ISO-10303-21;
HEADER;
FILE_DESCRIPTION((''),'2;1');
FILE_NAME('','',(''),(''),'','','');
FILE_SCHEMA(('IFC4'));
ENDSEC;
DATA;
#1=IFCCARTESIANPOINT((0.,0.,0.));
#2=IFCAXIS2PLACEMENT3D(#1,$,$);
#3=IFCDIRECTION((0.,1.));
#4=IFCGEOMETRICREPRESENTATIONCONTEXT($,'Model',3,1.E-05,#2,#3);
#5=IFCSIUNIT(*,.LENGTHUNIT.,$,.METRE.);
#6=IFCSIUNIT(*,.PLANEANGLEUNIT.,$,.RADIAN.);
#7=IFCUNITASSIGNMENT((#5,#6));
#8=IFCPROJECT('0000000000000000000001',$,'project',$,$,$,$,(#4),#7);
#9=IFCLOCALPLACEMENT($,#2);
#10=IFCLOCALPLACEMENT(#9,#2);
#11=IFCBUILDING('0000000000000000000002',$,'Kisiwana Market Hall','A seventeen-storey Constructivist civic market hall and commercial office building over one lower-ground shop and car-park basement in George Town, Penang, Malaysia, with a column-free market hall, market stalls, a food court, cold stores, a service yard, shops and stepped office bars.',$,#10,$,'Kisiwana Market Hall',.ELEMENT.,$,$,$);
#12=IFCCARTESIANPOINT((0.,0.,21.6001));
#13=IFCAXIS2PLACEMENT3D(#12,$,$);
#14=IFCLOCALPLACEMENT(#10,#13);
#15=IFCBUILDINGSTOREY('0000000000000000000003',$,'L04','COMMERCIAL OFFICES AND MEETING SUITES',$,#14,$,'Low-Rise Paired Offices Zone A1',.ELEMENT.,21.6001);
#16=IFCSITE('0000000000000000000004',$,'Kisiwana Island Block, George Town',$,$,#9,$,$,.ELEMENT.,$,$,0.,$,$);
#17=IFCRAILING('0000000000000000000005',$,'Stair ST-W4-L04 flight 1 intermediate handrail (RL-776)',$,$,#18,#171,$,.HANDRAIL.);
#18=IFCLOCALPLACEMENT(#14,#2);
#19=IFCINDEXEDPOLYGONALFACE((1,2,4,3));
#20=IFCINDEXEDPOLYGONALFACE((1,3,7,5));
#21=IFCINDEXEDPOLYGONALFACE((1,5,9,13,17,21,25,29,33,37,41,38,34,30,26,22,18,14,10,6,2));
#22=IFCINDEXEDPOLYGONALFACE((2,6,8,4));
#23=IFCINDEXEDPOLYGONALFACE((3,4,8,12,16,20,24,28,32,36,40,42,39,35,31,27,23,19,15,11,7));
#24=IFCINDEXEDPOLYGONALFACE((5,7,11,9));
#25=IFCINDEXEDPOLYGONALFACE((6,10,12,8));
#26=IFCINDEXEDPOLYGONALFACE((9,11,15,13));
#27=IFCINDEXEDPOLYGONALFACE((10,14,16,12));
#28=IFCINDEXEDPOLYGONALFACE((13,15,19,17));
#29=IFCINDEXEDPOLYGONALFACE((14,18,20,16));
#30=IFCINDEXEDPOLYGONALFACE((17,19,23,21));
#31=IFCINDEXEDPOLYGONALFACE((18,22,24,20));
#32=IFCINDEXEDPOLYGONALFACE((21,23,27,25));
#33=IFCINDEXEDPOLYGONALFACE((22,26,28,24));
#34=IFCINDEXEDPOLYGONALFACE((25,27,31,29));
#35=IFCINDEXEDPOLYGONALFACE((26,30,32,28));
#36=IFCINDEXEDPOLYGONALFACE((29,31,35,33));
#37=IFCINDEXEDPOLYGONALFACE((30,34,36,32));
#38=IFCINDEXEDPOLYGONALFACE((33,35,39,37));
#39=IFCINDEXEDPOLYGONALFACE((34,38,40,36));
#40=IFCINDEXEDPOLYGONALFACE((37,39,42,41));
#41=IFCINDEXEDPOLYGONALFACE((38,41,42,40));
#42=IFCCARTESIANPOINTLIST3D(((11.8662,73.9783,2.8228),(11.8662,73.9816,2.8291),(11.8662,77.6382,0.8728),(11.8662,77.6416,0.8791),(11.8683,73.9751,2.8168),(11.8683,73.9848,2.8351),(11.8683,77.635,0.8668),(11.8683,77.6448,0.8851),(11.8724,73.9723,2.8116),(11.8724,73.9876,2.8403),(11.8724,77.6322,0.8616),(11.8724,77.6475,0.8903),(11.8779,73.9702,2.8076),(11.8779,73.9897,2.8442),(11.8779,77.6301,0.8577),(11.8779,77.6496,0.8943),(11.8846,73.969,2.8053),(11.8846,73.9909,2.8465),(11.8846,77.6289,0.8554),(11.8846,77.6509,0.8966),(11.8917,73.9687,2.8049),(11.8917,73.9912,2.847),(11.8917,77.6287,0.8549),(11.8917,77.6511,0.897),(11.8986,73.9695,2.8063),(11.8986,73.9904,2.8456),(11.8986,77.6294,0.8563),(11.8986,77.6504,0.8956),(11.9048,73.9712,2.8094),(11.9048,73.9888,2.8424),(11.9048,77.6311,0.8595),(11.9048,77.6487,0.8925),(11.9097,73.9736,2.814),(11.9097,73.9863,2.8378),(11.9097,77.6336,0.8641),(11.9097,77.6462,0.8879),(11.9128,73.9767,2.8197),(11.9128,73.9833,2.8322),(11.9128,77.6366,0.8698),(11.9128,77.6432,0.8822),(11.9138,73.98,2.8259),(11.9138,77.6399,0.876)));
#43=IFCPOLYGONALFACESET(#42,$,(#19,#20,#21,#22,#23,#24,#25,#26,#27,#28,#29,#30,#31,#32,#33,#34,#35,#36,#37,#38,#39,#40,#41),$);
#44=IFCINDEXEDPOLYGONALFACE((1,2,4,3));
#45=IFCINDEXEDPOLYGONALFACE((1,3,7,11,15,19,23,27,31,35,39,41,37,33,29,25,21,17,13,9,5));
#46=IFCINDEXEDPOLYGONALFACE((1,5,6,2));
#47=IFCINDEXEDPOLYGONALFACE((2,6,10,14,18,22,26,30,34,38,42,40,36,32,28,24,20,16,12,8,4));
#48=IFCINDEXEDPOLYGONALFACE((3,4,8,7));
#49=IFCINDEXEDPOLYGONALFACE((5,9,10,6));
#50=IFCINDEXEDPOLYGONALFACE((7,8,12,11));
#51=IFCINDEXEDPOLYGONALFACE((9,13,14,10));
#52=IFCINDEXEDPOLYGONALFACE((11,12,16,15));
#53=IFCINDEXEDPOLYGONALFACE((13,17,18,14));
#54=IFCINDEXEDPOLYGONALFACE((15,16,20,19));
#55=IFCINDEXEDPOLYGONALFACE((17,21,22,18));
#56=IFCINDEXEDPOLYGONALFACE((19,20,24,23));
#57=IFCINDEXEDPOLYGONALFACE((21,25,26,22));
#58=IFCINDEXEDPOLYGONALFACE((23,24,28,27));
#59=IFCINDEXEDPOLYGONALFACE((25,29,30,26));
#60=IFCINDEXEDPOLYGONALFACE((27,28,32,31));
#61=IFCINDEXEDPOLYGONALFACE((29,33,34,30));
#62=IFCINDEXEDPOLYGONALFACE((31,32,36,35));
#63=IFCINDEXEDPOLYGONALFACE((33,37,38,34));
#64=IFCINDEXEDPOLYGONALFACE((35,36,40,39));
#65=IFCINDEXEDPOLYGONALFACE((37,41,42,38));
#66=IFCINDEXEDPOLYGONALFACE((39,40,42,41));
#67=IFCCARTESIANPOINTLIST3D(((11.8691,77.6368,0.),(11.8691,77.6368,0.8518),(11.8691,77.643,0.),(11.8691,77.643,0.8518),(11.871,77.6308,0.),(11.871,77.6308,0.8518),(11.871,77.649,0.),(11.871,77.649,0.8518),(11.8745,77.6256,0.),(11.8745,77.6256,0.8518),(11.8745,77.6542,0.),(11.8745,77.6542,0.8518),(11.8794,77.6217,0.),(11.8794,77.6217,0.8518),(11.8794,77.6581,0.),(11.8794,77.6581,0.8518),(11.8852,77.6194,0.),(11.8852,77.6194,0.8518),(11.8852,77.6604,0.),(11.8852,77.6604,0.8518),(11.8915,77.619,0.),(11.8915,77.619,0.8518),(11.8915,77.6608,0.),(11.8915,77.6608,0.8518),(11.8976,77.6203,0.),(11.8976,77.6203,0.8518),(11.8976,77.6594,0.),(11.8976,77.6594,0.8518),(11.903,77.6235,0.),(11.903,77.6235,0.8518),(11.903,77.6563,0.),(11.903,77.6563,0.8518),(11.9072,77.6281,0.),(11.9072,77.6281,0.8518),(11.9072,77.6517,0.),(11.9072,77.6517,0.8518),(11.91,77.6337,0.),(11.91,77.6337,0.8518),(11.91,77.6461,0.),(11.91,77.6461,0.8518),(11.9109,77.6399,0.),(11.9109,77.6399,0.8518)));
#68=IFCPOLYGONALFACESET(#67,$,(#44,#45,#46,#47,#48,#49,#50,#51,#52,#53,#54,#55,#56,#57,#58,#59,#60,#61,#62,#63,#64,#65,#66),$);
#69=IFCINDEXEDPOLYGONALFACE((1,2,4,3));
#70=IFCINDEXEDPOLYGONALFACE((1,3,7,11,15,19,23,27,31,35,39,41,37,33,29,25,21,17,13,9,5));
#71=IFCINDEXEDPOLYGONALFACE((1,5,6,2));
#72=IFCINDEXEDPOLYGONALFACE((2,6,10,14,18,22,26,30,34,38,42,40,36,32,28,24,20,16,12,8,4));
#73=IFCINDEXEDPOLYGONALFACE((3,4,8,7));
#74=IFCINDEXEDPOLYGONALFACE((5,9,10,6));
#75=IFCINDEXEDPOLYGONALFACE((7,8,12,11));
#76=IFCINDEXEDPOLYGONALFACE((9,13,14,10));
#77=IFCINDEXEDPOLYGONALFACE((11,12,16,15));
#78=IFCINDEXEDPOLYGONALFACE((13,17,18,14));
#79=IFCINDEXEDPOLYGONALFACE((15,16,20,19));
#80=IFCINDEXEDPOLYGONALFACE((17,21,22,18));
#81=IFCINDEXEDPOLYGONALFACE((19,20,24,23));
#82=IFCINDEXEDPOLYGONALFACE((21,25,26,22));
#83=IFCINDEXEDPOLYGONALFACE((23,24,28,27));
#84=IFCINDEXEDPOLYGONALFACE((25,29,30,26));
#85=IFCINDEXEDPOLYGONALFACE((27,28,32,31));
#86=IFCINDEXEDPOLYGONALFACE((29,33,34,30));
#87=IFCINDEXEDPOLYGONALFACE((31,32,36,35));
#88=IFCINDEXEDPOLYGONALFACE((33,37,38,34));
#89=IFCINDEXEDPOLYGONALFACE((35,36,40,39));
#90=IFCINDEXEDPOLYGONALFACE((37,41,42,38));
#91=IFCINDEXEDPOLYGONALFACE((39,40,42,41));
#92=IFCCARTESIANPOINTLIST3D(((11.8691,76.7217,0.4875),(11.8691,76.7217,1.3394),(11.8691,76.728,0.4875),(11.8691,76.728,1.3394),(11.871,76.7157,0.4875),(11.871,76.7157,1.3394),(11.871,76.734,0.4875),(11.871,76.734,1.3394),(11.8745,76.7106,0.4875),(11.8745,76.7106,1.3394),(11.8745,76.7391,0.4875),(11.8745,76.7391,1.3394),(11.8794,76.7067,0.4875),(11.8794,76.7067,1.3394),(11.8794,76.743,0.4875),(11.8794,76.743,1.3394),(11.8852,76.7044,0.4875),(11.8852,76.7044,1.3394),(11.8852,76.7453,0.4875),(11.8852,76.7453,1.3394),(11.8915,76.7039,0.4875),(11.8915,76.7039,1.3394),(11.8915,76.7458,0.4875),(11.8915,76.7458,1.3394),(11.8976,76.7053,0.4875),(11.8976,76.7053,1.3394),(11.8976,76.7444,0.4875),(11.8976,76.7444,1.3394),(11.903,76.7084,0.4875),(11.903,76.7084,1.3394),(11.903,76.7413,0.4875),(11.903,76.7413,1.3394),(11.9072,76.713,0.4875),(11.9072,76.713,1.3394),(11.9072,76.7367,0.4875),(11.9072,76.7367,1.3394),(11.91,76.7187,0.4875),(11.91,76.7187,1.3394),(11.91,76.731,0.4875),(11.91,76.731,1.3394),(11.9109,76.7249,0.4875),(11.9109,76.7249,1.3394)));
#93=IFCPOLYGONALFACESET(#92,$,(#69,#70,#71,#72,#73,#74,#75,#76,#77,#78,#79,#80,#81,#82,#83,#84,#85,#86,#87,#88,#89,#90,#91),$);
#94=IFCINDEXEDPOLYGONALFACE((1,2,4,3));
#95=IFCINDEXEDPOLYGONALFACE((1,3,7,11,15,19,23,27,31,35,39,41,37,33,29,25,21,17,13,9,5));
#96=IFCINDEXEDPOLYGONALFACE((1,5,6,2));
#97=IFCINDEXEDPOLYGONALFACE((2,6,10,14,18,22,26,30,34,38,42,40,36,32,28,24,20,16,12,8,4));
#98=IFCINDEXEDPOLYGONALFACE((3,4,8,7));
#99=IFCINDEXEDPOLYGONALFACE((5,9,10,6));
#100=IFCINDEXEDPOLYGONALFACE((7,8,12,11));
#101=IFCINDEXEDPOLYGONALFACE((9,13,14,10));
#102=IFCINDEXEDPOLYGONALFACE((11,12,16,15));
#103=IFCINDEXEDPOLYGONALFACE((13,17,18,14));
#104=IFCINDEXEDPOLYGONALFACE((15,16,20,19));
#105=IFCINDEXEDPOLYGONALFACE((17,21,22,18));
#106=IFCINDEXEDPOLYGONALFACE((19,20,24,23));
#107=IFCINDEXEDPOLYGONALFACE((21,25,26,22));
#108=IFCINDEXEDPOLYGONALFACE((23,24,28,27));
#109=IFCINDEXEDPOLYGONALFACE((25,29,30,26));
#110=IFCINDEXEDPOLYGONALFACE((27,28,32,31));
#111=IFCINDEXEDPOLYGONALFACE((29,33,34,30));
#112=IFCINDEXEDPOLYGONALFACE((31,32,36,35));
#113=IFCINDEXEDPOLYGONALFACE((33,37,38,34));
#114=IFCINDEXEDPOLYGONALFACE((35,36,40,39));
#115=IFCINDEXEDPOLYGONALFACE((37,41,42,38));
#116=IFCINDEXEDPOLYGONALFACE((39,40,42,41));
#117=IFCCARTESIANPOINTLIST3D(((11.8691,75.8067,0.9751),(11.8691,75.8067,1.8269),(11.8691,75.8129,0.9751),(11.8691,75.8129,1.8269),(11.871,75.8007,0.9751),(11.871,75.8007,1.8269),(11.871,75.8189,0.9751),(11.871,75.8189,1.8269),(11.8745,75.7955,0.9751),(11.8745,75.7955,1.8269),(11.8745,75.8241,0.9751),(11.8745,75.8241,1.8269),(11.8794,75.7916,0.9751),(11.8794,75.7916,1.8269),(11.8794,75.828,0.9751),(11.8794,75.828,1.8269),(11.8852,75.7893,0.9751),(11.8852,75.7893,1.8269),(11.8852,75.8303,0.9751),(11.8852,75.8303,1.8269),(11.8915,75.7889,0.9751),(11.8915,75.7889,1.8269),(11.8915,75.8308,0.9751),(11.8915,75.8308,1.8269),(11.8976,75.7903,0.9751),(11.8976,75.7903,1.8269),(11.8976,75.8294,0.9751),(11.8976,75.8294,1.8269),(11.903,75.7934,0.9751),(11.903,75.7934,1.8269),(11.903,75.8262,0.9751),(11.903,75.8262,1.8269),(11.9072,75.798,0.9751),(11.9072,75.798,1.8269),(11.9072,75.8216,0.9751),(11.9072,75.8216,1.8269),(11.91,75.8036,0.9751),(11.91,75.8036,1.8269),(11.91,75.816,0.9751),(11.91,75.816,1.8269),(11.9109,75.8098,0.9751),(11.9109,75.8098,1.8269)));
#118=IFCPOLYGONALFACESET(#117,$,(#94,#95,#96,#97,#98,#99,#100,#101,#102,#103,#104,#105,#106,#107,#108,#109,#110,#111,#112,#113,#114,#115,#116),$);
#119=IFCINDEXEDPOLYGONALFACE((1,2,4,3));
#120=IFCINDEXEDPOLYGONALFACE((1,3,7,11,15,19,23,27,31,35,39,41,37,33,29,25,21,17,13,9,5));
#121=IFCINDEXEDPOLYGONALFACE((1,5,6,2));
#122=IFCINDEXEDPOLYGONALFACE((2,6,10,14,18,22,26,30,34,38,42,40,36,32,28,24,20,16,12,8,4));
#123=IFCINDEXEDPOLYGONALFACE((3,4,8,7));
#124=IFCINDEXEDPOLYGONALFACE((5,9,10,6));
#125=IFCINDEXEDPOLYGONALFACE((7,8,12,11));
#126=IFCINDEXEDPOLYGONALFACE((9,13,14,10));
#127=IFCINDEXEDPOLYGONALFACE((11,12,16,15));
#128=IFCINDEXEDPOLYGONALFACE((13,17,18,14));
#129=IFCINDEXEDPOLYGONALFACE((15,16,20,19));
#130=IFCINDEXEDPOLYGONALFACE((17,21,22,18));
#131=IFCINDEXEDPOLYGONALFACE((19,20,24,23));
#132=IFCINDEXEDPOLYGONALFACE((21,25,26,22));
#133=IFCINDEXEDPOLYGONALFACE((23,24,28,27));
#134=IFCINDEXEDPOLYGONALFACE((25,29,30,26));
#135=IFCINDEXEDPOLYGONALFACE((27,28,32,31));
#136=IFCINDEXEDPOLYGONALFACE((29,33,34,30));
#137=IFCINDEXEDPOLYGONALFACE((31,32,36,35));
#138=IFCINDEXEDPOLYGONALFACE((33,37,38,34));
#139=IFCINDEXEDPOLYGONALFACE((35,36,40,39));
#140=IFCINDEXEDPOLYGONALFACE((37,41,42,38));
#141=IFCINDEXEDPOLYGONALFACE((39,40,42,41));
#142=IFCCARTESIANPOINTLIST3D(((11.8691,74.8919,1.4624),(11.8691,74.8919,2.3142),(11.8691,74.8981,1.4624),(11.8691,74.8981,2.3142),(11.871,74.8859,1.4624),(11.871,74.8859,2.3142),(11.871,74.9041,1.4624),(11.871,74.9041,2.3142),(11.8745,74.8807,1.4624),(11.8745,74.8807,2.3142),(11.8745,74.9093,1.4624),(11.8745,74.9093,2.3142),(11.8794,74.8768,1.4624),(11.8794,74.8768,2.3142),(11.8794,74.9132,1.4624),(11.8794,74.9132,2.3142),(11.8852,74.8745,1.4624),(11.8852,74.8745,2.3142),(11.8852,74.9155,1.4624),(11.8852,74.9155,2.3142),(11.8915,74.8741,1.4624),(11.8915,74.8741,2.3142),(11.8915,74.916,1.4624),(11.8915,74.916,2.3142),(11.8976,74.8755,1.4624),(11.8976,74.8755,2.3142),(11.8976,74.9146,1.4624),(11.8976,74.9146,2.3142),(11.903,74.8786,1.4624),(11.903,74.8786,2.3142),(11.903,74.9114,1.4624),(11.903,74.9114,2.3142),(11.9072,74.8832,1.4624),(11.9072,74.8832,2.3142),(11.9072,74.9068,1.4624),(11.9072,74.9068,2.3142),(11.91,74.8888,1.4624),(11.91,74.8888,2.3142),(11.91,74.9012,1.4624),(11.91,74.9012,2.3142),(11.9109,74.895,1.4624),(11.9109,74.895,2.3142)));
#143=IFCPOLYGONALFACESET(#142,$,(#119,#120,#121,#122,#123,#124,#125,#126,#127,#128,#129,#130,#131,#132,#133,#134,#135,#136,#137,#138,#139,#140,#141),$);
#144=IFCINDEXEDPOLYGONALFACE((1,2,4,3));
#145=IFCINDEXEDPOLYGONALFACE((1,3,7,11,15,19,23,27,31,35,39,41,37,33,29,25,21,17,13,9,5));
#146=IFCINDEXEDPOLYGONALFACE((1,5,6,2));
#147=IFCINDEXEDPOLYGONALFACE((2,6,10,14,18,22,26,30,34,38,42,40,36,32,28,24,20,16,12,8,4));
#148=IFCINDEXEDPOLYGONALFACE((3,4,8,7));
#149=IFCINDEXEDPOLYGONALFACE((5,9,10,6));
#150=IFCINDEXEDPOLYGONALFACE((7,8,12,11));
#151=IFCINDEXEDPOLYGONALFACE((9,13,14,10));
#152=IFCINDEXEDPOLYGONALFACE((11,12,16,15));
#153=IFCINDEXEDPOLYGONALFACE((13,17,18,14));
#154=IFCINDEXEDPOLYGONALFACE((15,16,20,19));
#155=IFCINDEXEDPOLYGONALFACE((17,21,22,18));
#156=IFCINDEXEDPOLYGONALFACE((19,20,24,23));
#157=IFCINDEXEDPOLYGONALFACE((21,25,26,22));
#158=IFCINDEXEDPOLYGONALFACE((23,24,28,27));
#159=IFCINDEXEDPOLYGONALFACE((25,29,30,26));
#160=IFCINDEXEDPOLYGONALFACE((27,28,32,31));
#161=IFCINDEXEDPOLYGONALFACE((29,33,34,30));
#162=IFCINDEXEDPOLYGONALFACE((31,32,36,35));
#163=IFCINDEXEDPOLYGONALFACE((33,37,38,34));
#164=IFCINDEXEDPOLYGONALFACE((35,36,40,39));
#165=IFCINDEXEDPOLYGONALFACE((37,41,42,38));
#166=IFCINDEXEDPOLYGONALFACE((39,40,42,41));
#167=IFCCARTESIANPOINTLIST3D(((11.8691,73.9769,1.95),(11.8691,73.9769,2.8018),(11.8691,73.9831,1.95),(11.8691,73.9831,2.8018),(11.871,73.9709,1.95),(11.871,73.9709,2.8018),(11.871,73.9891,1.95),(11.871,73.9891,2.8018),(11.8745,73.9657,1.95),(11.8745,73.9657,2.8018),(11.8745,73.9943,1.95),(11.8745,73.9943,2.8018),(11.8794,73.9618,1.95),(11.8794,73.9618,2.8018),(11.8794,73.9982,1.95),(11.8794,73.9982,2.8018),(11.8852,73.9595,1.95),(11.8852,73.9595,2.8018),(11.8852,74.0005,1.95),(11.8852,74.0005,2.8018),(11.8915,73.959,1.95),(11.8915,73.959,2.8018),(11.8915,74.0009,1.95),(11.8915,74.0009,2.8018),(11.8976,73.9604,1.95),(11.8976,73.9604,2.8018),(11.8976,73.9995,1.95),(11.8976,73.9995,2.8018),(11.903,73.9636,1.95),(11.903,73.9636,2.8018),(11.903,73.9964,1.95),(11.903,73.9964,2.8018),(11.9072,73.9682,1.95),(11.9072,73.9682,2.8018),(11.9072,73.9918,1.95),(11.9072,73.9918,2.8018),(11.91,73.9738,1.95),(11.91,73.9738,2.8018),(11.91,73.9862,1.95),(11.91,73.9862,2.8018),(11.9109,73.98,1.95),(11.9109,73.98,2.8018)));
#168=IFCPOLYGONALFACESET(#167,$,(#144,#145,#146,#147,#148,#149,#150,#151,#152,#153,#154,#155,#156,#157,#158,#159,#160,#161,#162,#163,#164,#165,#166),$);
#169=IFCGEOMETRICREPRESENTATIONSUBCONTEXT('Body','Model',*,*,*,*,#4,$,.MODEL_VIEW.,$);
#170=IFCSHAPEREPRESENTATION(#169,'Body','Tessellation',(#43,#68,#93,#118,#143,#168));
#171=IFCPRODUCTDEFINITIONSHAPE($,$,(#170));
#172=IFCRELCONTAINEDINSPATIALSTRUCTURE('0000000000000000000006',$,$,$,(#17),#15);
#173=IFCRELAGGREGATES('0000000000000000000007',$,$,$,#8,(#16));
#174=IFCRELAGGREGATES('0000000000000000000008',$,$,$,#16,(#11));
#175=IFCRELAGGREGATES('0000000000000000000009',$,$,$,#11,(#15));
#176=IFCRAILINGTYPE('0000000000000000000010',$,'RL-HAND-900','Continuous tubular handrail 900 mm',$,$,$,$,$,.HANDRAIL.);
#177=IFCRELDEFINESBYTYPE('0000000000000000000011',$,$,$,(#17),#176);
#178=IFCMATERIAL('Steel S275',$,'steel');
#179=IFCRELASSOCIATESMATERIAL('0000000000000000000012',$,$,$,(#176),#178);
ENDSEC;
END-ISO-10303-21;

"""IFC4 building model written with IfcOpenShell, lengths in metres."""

from ifc_helpers import new_model, si_unit, direction, frame, origin, origin_2d, place, context, subcontext, project, spatial, circle, extrude, material, type_object, element, save


model = new_model("IFC4")

# Units and contexts
model_context = context("Model", 3, precision=1e-05, world=origin(), true_north=direction((0.0, 1.0)))
body_context = subcontext(model_context, "Body", "Model", "MODEL_VIEW")
ifc_project = project(units=[si_unit("LENGTHUNIT", "METRE"), si_unit("PLANEANGLEUNIT", "RADIAN")], contexts=[model_context])

# Site, building, storey
site_placement = place(None, origin())
site = spatial("IfcSite", under=ifc_project, at=site_placement, Name="Kisiwana Island Block, George Town", CompositionType="ELEMENT", RefElevation=0.0)
building_placement = place(site_placement, origin())
building = spatial("IfcBuilding", under=site, at=building_placement, Name="Kisiwana Market Hall", Description="A seventeen-storey Constructivist civic market hall and commercial office building over one lower-ground shop and car-park basement in George Town, Penang, Malaysia, with a column-free market hall, market stalls, a food court, cold stores, a service yard, shops and stepped office bars.", LongName="Kisiwana Market Hall", CompositionType="ELEMENT")
storey_placement = place(building_placement, frame((0.0, 0.0, 21.6001)))
storey = spatial("IfcBuildingStorey", under=building, at=storey_placement, Name="L04", Description="COMMERCIAL OFFICES AND MEETING SUITES", LongName="Low-Rise Paired Offices Zone A1", CompositionType="ELEMENT", Elevation=21.6001)

# Railing
ifc_material_1 = material(Name="Steel S275", Category="steel")
railing_type_1 = type_object("IfcRailingType", Name="RL-HAND-900", Description="Continuous tubular handrail 900 mm", PredefinedType="HANDRAIL", material=ifc_material_1)
railing_1_placement = place(storey_placement, frame((11.8899, 77.6399, 0.0)))
element("IfcRailing", 1, at=railing_1_placement, inside=storey, type_object=railing_type_1, Name="Stair ST-W4-L04 flight 1 intermediate handrail (RL-776)", PredefinedType="HANDRAIL", context=body_context, shape_type="SweptSolid", body=[
    extrude(circle(Radius=0.0239, at=origin_2d()), frame((0.0, 0.0, 0.876), z_axis=(0.0, -0.882553, 0.470212), x_axis=(1.0, 0.0, 0.0)), (0.0, 0.0, 1.0), 4.147),
    extrude(circle(Radius=0.021, at=origin_2d()), origin(), (0.0, 0.0, 1.0), 0.8518),
    extrude(circle(Radius=0.021, at=origin_2d()), frame((0.0, -0.915, 0.4875)), (0.0, 0.0, 1.0), 0.8518),
    extrude(circle(Radius=0.021, at=origin_2d()), frame((0.0, -1.8301, 0.9751)), (0.0, 0.0, 1.0), 0.8518),
    extrude(circle(Radius=0.021, at=origin_2d()), frame((0.0, -2.7449, 1.4624)), (0.0, 0.0, 1.0), 0.8518),
    extrude(circle(Radius=0.021, at=origin_2d()), frame((0.0, -3.6599, 1.95)), (0.0, 0.0, 1.0), 0.8518),
])

save(model, "model.ifc")
